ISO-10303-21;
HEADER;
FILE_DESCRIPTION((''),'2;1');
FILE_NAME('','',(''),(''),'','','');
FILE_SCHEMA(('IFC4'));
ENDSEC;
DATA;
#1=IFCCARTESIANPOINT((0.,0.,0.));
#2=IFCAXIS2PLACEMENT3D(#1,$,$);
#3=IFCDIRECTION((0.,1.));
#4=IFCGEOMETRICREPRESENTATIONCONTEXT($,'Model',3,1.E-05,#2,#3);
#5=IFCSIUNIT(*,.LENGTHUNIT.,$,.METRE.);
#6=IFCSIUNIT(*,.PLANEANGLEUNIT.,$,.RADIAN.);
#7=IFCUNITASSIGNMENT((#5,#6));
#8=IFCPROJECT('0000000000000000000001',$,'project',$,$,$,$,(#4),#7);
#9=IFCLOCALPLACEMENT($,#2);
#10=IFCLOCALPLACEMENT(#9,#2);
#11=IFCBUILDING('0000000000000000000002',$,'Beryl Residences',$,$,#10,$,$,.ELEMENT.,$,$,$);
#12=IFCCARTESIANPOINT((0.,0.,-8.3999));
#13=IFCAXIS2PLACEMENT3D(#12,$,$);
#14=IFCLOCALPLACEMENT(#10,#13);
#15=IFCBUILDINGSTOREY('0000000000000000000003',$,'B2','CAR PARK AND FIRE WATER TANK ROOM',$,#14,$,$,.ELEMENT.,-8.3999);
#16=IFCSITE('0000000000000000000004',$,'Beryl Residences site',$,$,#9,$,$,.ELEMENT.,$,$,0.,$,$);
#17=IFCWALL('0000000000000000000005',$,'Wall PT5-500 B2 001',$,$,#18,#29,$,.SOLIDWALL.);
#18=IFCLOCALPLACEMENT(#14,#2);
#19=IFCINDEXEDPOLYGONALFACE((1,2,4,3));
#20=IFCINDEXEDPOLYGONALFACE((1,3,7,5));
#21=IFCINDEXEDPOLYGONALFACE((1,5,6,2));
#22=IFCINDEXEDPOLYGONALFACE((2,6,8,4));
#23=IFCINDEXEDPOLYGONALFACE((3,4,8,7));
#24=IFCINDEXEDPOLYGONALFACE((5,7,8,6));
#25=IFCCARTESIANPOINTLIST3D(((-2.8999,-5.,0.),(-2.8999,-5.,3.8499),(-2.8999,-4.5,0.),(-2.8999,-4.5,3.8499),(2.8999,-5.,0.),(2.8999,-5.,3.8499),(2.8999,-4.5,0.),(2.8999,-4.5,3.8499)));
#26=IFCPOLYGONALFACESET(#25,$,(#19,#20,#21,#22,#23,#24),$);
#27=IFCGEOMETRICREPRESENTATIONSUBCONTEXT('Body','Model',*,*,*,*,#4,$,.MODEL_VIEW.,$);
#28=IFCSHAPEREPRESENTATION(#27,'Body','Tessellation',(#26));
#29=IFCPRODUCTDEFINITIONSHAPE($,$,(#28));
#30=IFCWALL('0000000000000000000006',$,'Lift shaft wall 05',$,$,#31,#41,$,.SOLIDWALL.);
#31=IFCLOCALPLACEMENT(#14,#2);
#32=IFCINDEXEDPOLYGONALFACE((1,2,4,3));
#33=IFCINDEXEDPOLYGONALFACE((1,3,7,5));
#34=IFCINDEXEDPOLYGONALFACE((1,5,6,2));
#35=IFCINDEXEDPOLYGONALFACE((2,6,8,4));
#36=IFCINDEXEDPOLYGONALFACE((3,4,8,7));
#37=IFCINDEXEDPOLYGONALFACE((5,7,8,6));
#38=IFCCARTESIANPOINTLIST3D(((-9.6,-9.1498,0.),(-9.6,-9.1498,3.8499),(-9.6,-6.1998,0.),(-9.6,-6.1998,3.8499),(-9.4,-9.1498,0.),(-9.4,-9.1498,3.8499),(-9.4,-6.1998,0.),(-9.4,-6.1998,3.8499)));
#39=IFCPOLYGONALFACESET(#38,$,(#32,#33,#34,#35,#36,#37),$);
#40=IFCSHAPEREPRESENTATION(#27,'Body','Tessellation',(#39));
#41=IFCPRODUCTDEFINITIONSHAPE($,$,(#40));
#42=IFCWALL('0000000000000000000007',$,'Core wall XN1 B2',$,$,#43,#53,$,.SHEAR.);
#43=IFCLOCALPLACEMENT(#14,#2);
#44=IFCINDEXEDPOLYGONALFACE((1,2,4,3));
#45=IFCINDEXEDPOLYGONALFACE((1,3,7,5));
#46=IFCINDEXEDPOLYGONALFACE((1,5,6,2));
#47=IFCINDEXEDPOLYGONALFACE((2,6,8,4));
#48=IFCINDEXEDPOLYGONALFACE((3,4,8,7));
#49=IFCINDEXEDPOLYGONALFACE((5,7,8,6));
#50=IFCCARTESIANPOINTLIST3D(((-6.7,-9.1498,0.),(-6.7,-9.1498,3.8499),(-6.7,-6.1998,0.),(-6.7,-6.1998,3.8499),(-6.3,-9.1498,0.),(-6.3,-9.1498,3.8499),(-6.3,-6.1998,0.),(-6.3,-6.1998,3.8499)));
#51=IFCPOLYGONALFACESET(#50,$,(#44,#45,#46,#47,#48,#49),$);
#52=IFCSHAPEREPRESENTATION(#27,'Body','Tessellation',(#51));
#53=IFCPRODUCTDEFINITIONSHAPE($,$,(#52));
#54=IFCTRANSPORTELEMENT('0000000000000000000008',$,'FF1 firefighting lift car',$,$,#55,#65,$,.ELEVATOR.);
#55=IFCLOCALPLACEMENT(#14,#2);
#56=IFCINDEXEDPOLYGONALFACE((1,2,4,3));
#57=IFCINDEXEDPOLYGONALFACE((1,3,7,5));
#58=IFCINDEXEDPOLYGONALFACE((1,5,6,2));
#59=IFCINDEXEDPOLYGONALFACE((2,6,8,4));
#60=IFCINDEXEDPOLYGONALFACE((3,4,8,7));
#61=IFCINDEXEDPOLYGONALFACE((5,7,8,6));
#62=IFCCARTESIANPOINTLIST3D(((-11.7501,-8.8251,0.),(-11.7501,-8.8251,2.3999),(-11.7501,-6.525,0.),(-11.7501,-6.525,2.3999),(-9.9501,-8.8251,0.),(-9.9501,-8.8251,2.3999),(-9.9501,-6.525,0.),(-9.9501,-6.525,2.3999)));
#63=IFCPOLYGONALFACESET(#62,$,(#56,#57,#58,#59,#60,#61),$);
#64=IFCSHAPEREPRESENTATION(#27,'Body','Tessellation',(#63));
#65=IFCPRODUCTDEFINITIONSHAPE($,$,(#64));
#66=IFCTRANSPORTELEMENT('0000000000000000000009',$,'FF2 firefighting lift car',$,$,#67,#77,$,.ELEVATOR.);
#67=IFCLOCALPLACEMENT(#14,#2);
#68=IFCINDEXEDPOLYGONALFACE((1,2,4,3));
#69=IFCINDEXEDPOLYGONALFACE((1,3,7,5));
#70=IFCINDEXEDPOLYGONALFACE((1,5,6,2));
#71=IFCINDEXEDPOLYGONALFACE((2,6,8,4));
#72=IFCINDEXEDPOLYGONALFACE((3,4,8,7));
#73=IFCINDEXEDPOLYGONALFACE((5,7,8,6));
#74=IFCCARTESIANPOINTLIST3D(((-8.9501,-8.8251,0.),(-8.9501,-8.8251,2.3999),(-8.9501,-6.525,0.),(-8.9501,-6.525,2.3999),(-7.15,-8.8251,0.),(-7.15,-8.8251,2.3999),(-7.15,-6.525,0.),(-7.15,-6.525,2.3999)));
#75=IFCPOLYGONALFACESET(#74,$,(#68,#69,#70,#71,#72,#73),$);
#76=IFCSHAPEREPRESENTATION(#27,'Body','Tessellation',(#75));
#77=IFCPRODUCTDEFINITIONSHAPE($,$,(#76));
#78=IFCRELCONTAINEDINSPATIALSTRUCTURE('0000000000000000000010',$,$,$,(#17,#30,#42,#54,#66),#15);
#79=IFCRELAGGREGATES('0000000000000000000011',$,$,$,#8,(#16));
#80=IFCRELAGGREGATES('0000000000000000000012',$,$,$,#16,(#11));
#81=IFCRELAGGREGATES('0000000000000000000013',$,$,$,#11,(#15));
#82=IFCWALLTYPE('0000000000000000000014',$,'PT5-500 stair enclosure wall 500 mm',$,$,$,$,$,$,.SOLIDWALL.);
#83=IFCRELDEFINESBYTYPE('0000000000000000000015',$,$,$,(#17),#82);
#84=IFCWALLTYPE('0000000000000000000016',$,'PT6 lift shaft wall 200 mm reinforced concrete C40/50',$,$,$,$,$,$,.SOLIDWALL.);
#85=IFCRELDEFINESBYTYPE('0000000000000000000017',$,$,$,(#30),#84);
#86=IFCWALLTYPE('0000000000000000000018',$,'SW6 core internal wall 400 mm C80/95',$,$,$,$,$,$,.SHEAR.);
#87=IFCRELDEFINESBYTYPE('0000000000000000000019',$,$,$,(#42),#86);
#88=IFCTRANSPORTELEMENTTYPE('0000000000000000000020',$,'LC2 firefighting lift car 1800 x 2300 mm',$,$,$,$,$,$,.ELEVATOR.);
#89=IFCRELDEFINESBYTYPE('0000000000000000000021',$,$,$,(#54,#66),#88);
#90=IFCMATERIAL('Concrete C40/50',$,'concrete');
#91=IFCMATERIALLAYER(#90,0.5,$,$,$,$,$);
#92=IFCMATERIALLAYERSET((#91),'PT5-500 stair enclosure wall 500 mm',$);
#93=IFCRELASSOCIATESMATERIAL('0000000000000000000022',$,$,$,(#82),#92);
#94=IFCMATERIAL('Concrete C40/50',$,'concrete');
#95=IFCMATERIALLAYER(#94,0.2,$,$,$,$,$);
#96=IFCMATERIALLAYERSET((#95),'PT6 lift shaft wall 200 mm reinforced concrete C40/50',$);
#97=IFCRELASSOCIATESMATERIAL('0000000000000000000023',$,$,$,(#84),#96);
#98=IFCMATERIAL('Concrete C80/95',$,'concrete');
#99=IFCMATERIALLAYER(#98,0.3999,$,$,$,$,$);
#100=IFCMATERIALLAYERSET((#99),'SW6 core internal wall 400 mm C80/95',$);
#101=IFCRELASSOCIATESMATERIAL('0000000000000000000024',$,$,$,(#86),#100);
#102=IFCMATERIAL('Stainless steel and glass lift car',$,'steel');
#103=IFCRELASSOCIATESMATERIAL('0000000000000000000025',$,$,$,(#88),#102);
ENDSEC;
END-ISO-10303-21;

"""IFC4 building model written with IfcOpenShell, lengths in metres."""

from ifc_helpers import new_model, si_unit, direction, frame, frame_2d, origin, origin_2d, place, context, subcontext, project, spatial, rectangle, extrude, material, layer, layer_set, type_object, element, save


model = new_model("IFC4")

# Units and contexts
model_context = context("Model", 3, precision=1e-05, world=origin(), true_north=direction((0.0, 1.0)))
body_context = subcontext(model_context, "Body", "Model", "MODEL_VIEW")
ifc_project = project(units=[si_unit("LENGTHUNIT", "METRE"), si_unit("PLANEANGLEUNIT", "RADIAN")], contexts=[model_context])

# Site, building, storey
site_placement = place(None, origin())
site = spatial("IfcSite", under=ifc_project, at=site_placement, Name="Beryl Residences site", CompositionType="ELEMENT", RefElevation=0.0)
building_placement = place(site_placement, origin())
building = spatial("IfcBuilding", under=site, at=building_placement, Name="Beryl Residences", CompositionType="ELEMENT")
storey_placement = place(building_placement, frame((0.0, 0.0, -8.3999)))
storey = spatial("IfcBuildingStorey", under=building, at=storey_placement, Name="B2", Description="CAR PARK AND FIRE WATER TANK ROOM", CompositionType="ELEMENT", Elevation=-8.3999)

# Walls
ifc_material_1 = material(Name="Concrete C40/50", Category="concrete")
ifc_layer_1 = layer(ifc_material_1, 0.5)
ifc_layer_set_1 = layer_set([ifc_layer_1], Name="PT5-500 stair enclosure wall 500 mm")
wall_type_1 = type_object("IfcWallType", Name="PT5-500 stair enclosure wall 500 mm", PredefinedType="SOLIDWALL", material=ifc_layer_set_1)
wall_1_placement = place(storey_placement, frame((-2.8999, -4.75, 0.0), z_axis=(0.0, 0.0, 1.0), x_axis=(1.0, 0.0, 0.0)))
element("IfcWall", 1, at=wall_1_placement, inside=storey, type_object=wall_type_1, Name="Wall PT5-500 B2 001", PredefinedType="SOLIDWALL", context=body_context, shape_type="SweptSolid", body=[
    extrude(rectangle(XDim=5.7998, YDim=0.5, at=frame_2d((2.8999, 0.0))), origin(), (0.0, 0.0, 1.0), 3.8499),
])
ifc_material_2 = material(Name="Concrete C40/50", Category="concrete")
ifc_layer_2 = layer(ifc_material_2, 0.2)
ifc_layer_set_2 = layer_set([ifc_layer_2], Name="PT6 lift shaft wall 200 mm reinforced concrete C40/50")
wall_type_2 = type_object("IfcWallType", Name="PT6 lift shaft wall 200 mm reinforced concrete C40/50", PredefinedType="SOLIDWALL", material=ifc_layer_set_2)
wall_2_placement = place(storey_placement, frame((-9.5, -9.1499, 0.0), z_axis=(0.0, 0.0, 1.0), x_axis=(0.0, 1.0, 0.0)))
element("IfcWall", 2, at=wall_2_placement, inside=storey, type_object=wall_type_2, Name="Lift shaft wall 05", PredefinedType="SOLIDWALL", context=body_context, shape_type="SweptSolid", body=[
    extrude(rectangle(XDim=2.95, YDim=0.2, at=frame_2d((1.4751, 0.0))), origin(), (0.0, 0.0, 1.0), 3.8499),
])
ifc_material_3 = material(Name="Concrete C80/95", Category="concrete")
ifc_layer_3 = layer(ifc_material_3, 0.3999)
ifc_layer_set_3 = layer_set([ifc_layer_3], Name="SW6 core internal wall 400 mm C80/95")
wall_type_3 = type_object("IfcWallType", Name="SW6 core internal wall 400 mm C80/95", PredefinedType="SHEAR", material=ifc_layer_set_3)
wall_3_placement = place(storey_placement, frame((-6.5, -9.1499, 0.0), z_axis=(0.0, 0.0, 1.0), x_axis=(0.0, 1.0, 0.0)))
element("IfcWall", 3, at=wall_3_placement, inside=storey, type_object=wall_type_3, Name="Core wall XN1 B2", PredefinedType="SHEAR", context=body_context, shape_type="SweptSolid", body=[
    extrude(rectangle(XDim=2.95, YDim=0.3999, at=frame_2d((1.4751, 0.0))), origin(), (0.0, 0.0, 1.0), 3.8499),
])

# Transport elements
ifc_material_4 = material(Name="Stainless steel and glass lift car", Category="steel")
transport_element_type = type_object("IfcTransportElementType", Name="LC2 firefighting lift car 1800 x 2300 mm", PredefinedType="ELEVATOR", material=ifc_material_4)
for number, where, z_axis, x_axis, name in (
    (4, (-10.8501, -7.675, 0.0), (0.0, 0.0, 1.0), (1.0, 0.0, 0.0), "FF1 firefighting lift car"),
    (5, (-8.05, -7.675, 0.0), (0.0, 0.0, 1.0), (1.0, 0.0, 0.0), "FF2 firefighting lift car"),
):
    element("IfcTransportElement", number, at=place(storey_placement, frame(where, z_axis=z_axis, x_axis=x_axis)), inside=storey, type_object=transport_element_type, Name=name, PredefinedType="ELEVATOR", context=body_context, shape_type="SweptSolid", body=[
        extrude(rectangle(XDim=1.8, YDim=2.3, at=origin_2d()), origin(), (0.0, 0.0, 1.0), 2.3999),
    ])

save(model, "model.ifc")
